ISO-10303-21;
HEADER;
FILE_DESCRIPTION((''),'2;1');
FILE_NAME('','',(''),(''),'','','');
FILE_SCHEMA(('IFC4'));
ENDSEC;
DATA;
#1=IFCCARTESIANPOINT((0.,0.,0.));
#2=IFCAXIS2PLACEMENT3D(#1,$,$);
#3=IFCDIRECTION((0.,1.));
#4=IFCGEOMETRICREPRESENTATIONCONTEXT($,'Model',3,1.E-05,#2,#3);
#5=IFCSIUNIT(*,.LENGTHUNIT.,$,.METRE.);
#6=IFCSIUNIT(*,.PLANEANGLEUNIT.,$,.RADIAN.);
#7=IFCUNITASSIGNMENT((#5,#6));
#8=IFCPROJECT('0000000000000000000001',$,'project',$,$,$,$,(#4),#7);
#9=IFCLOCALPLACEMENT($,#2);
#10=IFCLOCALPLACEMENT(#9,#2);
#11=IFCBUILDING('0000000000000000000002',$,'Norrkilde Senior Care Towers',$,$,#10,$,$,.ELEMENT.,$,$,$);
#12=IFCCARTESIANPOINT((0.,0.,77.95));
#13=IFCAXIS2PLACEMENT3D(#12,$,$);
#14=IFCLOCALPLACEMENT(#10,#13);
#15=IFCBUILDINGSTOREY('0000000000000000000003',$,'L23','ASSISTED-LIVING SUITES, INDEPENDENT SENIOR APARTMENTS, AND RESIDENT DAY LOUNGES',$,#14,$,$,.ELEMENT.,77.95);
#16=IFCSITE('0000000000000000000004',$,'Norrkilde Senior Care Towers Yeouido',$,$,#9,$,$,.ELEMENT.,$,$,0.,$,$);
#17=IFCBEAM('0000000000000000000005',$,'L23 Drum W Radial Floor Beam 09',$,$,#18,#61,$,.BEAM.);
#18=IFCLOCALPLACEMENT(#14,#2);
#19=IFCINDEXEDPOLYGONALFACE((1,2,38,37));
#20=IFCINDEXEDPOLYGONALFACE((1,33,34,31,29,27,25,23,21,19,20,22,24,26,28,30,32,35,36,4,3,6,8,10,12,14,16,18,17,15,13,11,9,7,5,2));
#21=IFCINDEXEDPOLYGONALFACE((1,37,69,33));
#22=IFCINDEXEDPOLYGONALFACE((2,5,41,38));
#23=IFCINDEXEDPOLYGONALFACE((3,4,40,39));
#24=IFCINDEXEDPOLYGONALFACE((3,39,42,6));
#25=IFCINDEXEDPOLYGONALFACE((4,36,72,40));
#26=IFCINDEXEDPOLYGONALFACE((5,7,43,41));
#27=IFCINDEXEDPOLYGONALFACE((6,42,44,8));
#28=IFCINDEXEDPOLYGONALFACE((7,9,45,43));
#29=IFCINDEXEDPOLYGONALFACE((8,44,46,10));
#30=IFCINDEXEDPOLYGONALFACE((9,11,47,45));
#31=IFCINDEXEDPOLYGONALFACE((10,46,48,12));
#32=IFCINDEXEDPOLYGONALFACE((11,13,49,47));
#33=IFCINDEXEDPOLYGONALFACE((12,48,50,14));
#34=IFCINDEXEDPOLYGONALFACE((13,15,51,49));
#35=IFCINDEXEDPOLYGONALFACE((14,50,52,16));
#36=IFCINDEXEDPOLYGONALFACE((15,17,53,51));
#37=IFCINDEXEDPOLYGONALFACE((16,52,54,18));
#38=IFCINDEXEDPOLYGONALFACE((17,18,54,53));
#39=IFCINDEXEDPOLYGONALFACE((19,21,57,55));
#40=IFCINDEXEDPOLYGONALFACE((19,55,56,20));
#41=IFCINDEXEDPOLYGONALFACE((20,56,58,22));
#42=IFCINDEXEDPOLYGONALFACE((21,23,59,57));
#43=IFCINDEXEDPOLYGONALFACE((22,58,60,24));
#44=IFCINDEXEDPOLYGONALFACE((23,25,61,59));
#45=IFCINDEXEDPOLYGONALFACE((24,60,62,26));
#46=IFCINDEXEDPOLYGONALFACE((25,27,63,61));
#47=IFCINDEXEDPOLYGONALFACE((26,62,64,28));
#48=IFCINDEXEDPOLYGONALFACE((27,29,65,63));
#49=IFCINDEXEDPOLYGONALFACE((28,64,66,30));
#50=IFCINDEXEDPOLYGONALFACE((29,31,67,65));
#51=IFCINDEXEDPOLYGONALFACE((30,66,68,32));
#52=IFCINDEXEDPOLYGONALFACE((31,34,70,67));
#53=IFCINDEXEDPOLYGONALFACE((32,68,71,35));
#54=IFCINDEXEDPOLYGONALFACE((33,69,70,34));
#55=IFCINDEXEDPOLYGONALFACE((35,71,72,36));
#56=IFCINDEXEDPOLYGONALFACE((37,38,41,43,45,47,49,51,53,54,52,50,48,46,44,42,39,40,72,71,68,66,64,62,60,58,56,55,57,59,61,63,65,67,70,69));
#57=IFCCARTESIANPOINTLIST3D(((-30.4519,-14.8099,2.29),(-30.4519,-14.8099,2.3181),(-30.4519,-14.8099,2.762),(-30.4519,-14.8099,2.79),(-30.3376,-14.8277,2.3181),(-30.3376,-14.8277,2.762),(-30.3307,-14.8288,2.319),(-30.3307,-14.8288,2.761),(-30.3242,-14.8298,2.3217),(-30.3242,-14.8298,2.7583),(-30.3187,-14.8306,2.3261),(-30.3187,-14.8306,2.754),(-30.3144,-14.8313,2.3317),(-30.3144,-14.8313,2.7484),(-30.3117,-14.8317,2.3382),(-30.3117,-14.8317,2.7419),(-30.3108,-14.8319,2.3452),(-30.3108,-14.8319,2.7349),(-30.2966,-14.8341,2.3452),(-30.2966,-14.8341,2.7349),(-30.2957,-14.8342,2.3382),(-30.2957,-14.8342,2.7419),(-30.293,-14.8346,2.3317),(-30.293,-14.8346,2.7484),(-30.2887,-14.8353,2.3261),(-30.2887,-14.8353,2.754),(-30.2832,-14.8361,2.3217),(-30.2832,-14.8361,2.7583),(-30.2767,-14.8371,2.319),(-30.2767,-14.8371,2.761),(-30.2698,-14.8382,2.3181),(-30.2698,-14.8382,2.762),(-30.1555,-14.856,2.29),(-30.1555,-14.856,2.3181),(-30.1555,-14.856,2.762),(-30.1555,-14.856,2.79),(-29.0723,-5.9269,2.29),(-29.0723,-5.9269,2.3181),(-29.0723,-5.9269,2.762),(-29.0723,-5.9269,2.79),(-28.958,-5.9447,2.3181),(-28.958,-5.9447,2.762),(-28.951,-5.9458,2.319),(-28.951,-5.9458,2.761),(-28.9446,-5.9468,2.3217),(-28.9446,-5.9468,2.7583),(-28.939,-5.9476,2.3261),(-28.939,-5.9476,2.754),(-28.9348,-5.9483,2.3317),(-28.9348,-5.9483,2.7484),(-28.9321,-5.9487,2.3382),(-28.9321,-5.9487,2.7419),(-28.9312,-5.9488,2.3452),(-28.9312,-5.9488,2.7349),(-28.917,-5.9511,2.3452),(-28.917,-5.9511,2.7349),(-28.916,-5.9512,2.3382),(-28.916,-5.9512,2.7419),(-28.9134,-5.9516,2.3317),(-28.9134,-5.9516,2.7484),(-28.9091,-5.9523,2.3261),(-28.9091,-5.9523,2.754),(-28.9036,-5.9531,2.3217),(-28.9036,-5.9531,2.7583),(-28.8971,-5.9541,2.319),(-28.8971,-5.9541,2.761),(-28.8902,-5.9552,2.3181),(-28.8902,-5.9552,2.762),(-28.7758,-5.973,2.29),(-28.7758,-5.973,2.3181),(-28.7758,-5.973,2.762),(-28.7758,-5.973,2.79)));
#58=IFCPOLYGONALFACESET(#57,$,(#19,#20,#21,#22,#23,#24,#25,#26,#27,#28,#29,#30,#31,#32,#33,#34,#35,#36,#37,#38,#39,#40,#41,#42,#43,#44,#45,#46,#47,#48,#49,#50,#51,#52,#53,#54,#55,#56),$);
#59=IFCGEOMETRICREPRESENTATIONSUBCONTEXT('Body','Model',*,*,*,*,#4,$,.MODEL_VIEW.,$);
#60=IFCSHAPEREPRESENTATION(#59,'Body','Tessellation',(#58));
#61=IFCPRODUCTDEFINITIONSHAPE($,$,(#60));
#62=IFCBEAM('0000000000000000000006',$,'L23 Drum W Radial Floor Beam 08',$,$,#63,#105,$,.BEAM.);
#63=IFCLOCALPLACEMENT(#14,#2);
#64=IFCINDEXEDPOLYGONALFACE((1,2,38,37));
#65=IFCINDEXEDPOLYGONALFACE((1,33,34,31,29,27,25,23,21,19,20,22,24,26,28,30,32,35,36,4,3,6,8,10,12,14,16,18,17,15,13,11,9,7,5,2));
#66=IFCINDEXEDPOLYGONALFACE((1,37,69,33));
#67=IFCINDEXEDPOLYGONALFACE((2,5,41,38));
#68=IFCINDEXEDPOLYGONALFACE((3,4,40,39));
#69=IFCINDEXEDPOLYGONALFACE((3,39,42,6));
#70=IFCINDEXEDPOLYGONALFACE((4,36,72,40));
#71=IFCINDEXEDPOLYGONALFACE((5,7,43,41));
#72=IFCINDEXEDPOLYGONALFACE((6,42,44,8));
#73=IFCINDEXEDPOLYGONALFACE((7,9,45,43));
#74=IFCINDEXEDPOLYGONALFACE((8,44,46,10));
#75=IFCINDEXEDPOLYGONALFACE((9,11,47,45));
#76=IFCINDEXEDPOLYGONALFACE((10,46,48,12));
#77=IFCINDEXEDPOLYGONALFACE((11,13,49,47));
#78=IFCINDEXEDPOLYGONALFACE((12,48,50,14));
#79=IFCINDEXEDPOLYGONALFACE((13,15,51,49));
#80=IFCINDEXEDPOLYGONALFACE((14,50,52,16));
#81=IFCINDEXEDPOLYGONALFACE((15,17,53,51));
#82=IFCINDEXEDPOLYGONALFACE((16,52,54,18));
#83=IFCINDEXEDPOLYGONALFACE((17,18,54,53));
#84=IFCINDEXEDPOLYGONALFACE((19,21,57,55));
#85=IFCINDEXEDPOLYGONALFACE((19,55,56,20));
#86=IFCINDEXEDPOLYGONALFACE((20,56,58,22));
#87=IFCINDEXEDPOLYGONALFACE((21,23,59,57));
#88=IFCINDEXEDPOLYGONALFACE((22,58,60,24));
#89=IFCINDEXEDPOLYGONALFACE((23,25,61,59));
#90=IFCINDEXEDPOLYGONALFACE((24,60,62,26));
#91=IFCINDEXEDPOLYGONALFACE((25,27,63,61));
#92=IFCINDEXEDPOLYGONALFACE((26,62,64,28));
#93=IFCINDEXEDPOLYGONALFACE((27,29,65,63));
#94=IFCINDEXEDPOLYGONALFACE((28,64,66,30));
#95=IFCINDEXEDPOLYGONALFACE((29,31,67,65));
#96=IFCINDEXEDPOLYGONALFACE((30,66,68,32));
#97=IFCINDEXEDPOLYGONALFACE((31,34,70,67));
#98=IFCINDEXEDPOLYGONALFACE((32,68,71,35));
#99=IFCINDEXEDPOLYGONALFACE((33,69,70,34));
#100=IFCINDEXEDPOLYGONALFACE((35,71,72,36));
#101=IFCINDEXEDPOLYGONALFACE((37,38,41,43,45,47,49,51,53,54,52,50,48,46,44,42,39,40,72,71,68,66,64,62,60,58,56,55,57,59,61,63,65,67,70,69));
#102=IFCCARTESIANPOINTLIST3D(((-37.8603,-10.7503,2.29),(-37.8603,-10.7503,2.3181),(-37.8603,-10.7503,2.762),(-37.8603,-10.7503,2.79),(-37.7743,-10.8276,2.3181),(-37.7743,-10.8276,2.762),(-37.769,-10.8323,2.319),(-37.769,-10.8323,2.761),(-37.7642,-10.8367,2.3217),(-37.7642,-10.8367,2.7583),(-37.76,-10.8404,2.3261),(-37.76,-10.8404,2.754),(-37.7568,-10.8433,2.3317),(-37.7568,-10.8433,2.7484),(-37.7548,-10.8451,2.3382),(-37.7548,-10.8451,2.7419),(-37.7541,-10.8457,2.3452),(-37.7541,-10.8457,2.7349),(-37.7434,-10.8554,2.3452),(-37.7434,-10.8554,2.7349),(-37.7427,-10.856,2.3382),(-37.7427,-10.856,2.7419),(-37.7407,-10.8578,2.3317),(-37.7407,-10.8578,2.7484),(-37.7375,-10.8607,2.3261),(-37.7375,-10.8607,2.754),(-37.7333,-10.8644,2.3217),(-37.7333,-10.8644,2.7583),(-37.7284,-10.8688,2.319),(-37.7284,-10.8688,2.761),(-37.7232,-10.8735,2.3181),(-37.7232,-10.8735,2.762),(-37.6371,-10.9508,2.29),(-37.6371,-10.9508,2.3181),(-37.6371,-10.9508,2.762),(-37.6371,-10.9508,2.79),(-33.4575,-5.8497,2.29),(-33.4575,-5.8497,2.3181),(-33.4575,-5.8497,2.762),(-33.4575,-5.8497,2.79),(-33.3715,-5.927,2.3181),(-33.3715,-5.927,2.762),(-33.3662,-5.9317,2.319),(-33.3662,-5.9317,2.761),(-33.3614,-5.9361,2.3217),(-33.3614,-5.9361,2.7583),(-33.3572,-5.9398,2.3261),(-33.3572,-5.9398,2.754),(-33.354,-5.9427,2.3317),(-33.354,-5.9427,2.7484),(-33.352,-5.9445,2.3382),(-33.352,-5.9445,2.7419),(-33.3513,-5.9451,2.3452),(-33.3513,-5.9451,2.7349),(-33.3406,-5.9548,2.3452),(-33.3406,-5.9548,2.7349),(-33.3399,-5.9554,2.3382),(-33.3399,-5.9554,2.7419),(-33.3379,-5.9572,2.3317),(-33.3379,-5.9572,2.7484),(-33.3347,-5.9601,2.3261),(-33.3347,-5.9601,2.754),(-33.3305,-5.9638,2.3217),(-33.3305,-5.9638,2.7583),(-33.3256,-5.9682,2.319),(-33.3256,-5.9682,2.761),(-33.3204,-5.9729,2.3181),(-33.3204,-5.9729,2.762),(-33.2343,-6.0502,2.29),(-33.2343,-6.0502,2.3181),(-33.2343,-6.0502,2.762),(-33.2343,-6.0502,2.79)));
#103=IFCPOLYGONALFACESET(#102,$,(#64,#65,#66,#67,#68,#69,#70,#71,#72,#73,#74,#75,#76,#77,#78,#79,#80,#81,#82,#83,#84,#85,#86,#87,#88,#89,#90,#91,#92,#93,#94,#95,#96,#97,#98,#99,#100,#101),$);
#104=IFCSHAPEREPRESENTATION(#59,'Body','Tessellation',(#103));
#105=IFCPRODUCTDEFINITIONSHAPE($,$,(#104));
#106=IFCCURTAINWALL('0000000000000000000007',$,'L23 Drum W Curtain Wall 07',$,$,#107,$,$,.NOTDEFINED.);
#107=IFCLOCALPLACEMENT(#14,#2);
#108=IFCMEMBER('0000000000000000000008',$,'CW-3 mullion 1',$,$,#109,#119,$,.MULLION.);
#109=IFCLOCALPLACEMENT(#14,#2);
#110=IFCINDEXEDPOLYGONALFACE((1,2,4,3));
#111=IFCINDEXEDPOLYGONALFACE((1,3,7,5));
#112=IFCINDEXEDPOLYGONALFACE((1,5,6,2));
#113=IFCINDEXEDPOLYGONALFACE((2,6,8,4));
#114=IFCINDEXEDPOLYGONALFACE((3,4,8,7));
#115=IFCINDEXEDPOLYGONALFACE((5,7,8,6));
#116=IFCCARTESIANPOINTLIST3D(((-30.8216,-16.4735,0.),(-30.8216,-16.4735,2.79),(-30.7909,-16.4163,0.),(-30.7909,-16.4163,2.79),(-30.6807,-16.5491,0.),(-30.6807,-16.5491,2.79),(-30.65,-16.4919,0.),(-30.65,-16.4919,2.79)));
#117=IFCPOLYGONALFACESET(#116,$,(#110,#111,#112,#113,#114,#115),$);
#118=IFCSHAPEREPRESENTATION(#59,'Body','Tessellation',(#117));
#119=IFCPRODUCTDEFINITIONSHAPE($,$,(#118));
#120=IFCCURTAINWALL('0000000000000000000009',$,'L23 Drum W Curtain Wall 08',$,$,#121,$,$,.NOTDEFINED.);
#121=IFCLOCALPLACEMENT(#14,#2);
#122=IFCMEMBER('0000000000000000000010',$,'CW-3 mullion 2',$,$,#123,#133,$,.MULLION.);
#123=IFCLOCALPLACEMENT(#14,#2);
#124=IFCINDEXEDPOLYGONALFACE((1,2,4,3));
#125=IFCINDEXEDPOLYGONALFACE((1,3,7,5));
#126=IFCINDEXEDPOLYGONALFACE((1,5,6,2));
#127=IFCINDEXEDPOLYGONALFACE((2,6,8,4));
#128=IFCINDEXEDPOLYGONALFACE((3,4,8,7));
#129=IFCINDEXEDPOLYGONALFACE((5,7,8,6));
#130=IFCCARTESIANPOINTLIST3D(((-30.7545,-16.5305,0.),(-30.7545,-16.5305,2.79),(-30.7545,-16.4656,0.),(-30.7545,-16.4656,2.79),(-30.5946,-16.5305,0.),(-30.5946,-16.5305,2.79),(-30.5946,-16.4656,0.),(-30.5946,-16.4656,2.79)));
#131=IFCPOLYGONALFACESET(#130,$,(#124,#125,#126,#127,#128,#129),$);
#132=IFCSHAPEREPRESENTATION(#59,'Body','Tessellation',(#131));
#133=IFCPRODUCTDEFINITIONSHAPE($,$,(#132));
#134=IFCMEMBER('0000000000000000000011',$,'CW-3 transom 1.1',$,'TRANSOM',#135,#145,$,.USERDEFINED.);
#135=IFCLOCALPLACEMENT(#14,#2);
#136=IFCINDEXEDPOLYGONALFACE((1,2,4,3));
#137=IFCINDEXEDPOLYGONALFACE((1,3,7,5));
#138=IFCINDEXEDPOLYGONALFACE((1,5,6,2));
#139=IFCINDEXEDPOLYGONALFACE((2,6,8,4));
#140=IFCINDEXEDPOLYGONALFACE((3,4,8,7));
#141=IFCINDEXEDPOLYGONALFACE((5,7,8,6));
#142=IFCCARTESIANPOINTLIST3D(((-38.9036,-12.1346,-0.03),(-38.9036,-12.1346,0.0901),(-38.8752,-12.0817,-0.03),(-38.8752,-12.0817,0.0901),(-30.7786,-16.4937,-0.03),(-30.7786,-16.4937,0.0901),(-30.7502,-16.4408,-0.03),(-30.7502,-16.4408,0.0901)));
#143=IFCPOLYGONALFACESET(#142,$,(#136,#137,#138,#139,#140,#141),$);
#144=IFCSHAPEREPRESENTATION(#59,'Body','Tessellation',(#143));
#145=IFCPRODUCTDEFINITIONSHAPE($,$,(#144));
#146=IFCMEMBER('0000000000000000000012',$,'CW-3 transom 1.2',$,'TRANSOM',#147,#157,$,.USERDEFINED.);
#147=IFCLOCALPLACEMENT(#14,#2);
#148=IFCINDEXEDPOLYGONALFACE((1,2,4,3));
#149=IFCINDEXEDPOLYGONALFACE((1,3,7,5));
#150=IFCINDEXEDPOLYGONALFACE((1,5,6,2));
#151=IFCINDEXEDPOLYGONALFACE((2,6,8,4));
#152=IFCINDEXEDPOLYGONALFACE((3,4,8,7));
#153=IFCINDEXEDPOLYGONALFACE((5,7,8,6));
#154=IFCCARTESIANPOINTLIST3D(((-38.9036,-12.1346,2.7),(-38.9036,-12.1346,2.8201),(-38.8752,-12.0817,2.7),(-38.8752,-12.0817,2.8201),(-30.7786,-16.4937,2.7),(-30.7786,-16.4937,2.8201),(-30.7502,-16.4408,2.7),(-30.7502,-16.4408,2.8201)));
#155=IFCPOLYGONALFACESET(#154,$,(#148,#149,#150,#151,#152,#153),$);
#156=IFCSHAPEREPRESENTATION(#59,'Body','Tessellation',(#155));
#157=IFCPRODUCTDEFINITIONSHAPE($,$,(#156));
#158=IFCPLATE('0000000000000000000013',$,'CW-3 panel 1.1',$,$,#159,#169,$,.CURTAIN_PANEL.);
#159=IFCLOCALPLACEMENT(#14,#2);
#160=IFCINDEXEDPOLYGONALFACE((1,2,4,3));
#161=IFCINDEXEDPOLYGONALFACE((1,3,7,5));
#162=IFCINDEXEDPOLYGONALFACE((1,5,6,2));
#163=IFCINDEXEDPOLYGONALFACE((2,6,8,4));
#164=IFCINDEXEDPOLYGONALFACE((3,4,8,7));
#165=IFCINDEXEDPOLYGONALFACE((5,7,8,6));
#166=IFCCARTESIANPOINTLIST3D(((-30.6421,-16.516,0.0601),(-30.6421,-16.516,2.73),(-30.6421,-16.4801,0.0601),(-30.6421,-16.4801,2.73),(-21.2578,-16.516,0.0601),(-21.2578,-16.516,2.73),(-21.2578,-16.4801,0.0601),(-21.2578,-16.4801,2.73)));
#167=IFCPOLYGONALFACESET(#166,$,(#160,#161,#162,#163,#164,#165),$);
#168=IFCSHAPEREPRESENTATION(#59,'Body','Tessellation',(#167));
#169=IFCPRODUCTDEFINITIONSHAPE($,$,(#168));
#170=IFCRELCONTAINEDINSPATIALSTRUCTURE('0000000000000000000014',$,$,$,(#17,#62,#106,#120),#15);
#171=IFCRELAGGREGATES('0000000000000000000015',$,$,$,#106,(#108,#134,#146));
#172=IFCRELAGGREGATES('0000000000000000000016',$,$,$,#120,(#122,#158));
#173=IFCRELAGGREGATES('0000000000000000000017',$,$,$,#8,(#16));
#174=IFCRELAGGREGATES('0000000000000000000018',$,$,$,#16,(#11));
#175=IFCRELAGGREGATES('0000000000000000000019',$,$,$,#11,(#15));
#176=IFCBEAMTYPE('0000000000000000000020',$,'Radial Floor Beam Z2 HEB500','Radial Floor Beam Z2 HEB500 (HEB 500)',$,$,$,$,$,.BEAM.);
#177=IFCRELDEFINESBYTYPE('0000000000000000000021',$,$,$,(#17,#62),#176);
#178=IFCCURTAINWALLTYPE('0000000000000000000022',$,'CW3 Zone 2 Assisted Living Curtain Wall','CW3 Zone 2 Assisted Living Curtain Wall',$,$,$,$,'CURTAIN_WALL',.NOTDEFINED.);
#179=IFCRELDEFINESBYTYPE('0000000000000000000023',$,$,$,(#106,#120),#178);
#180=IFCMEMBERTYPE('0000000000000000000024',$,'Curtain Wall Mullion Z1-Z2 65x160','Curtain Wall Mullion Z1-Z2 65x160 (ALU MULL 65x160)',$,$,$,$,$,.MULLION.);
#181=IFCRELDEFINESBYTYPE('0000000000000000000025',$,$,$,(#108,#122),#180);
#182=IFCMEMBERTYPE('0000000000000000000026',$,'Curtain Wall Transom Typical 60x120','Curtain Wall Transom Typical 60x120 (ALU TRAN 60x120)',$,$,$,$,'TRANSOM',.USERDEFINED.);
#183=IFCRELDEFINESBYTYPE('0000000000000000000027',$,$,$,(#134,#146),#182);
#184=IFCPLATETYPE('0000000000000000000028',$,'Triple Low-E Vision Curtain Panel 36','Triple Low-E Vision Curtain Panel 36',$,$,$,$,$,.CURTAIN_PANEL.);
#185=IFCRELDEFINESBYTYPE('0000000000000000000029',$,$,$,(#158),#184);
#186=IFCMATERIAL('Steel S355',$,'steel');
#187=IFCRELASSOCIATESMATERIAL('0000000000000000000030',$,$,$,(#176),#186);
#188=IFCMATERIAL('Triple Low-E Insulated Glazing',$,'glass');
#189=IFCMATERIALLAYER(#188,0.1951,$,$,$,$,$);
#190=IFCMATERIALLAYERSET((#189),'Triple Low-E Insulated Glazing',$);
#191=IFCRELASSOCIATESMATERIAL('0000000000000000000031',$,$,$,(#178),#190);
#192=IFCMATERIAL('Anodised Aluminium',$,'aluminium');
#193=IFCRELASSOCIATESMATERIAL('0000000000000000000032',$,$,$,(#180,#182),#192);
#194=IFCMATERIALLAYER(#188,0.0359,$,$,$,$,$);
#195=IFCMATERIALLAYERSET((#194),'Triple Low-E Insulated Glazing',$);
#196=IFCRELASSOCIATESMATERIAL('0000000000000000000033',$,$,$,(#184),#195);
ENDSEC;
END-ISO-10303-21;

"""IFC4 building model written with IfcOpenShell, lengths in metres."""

from ifc_helpers import new_model, si_unit, direction, frame, origin, origin_2d, place, context, subcontext, project, spatial, rectangle, i_section, extrude, source, transform, mapped, material, layer, layer_set, material_profile, profile_set, type_object, type_shapes, element, aggregate, save


model = new_model("IFC4")

# Units and contexts
model_context = context("Model", 3, precision=1e-05, world=origin(), true_north=direction((0.0, 1.0)))
body_context = subcontext(model_context, "Body", "Model", "MODEL_VIEW")
ifc_project = project(units=[si_unit("LENGTHUNIT", "METRE"), si_unit("PLANEANGLEUNIT", "RADIAN")], contexts=[model_context])

# Site, building, storey
site_placement = place(None, origin())
site = spatial("IfcSite", under=ifc_project, at=site_placement, Name="Norrkilde Senior Care Towers Yeouido", CompositionType="ELEMENT", RefElevation=0.0)
building_placement = place(site_placement, origin())
building = spatial("IfcBuilding", under=site, at=building_placement, Name="Norrkilde Senior Care Towers", CompositionType="ELEMENT")
storey_placement = place(building_placement, frame((0.0, 0.0, 77.95)))
storey = spatial("IfcBuildingStorey", under=building, at=storey_placement, Name="L23", Description="ASSISTED-LIVING SUITES, INDEPENDENT SENIOR APARTMENTS, AND RESIDENT DAY LOUNGES", CompositionType="ELEMENT", Elevation=77.95)

# Beams
ifc_material_1 = material(Name="Steel S355", Category="steel")
ifc_material_profile_1 = material_profile(ifc_material_1, i_section(OverallWidth=0.3, OverallDepth=0.5, WebThickness=0.0144, FlangeThickness=0.0281, FilletRadius=0.0271, at=origin_2d()), Name="HEB 500")
ifc_profile_set_1 = profile_set([ifc_material_profile_1], Name="Steel S355")
beam_type_1 = type_object("IfcBeamType", Name="Radial Floor Beam Z2 HEB500", Description="Radial Floor Beam Z2 HEB500 (HEB 500)", PredefinedType="BEAM", material=ifc_profile_set_1)
shared_shape_1 = source(origin(), body_context, "Body", "SweptSolid", [
    extrude(i_section(OverallWidth=0.3, OverallDepth=0.5, WebThickness=0.0144, FlangeThickness=0.0281, FilletRadius=0.0271, at=origin_2d()), origin(), (0.0, 0.0, 1.0), 8.9895),
])
beam_1_placement = place(storey_placement, frame((-28.9241, -5.95, 2.54), z_axis=(-0.153471, -0.988153, 0.0), x_axis=(0.988153, -0.153471, 0.0)))
element("IfcBeam", 1, at=beam_1_placement, inside=storey, type_object=beam_type_1, Name="L23 Drum W Radial Floor Beam 09", PredefinedType="BEAM", context=body_context, shape_type="MappedRepresentation", body=[
    mapped(shared_shape_1, transform((0.0, 0.0, 0.0), x_axis=(1.0, 0.0, 0.0), y_axis=(0.0, 1.0, 0.0), z_axis=(0.0, 0.0, 1.0), scale=1.0)),
])
shared_shape_2 = source(origin(), body_context, "Body", "SweptSolid", [
    extrude(i_section(OverallWidth=0.3, OverallDepth=0.5, WebThickness=0.0144, FlangeThickness=0.0281, FilletRadius=0.0271, at=origin_2d()), origin(), (0.0, 0.0, 1.0), 6.5879),
])
beam_2_placement = place(storey_placement, frame((-33.3459, -5.95, 2.54), z_axis=(-0.668315, -0.743878, 0.0), x_axis=(0.743878, -0.668315, 0.0)))
element("IfcBeam", 2, at=beam_2_placement, inside=storey, type_object=beam_type_1, Name="L23 Drum W Radial Floor Beam 08", PredefinedType="BEAM", context=body_context, shape_type="MappedRepresentation", body=[
    mapped(shared_shape_2, transform((0.0, 0.0, 0.0), x_axis=(1.0, 0.0, 0.0), y_axis=(0.0, 1.0, 0.0), z_axis=(0.0, 0.0, 1.0), scale=1.0)),
])

# Curtain walls, members
ifc_material_2 = material(Name="Triple Low-E Insulated Glazing", Category="glass")
ifc_layer_1 = layer(ifc_material_2, 0.1951)
ifc_layer_set_1 = layer_set([ifc_layer_1], Name="Triple Low-E Insulated Glazing")
curtain_wall_type = type_object("IfcCurtainWallType", Name="CW3 Zone 2 Assisted Living Curtain Wall", Description="CW3 Zone 2 Assisted Living Curtain Wall", ElementType="CURTAIN_WALL", PredefinedType="NOTDEFINED", material=ifc_layer_set_1)
curtain_wall_1_placement = place(storey_placement, origin())
curtain_wall_1 = element("IfcCurtainWall", 3, at=curtain_wall_1_placement, inside=storey, type_object=curtain_wall_type, Name="L23 Drum W Curtain Wall 07", PredefinedType="NOTDEFINED")
ifc_material_3 = material(Name="Anodised Aluminium", Category="aluminium")
ifc_material_profile_2 = material_profile(ifc_material_3, rectangle(XDim=0.0649, YDim=0.1599, at=origin_2d()), Name="ALU MULL 65x160")
ifc_profile_set_2 = profile_set([ifc_material_profile_2], Name="Anodised Aluminium")
member_type_1 = type_object("IfcMemberType", Name="Curtain Wall Mullion Z1-Z2 65x160", Description="Curtain Wall Mullion Z1-Z2 65x160 (ALU MULL 65x160)", PredefinedType="MULLION", material=ifc_profile_set_2)
shared_shape_3 = source(origin(), body_context, "Body", "SweptSolid", [
    extrude(rectangle(XDim=0.0649, YDim=0.1599, at=origin_2d()), origin(), (0.0, 0.0, 1.0), 2.79),
])
type_shapes(member_type_1, [shared_shape_3])
member_1_placement = place(storey_placement, frame((-30.7358, -16.4827, 0.0), z_axis=(0.0, 0.0, 1.0), x_axis=(-0.472769, -0.881186, 0.0)))
member_1 = element("IfcMember", 4, at=member_1_placement, type_object=member_type_1, Name="CW-3 mullion 1", PredefinedType="MULLION", context=body_context, shape_type="MappedRepresentation", body=[
    mapped(shared_shape_3, transform((0.0, 0.0, 0.0), x_axis=(1.0, 0.0, 0.0), y_axis=(0.0, 1.0, 0.0), z_axis=(0.0, 0.0, 1.0), scale=1.0)),
])
curtain_wall_2_placement = place(storey_placement, origin())
curtain_wall_2 = element("IfcCurtainWall", 5, at=curtain_wall_2_placement, inside=storey, type_object=curtain_wall_type, Name="L23 Drum W Curtain Wall 08", PredefinedType="NOTDEFINED")
member_2_placement = place(storey_placement, frame((-30.6746, -16.498, 0.0), z_axis=(0.0, 0.0, 1.0), x_axis=(0.0, -1.0, 0.0)))
member_2 = element("IfcMember", 6, at=member_2_placement, type_object=member_type_1, Name="CW-3 mullion 2", PredefinedType="MULLION", context=body_context, shape_type="MappedRepresentation", body=[
    mapped(shared_shape_3, transform((0.0, 0.0, 0.0), x_axis=(1.0, 0.0, 0.0), y_axis=(0.0, 1.0, 0.0), z_axis=(0.0, 0.0, 1.0), scale=1.0)),
])

# Members
ifc_material_profile_3 = material_profile(ifc_material_3, rectangle(XDim=0.0601, YDim=0.1201, at=origin_2d()), Name="ALU TRAN 60x120")
ifc_profile_set_3 = profile_set([ifc_material_profile_3], Name="Anodised Aluminium")
member_type_2 = type_object("IfcMemberType", Name="Curtain Wall Transom Typical 60x120", Description="Curtain Wall Transom Typical 60x120 (ALU TRAN 60x120)", ElementType="TRANSOM", PredefinedType="USERDEFINED", material=ifc_profile_set_3)
shared_shape_4 = source(origin(), body_context, "Body", "SweptSolid", [
    extrude(rectangle(XDim=0.0601, YDim=0.1201, at=origin_2d()), origin(), (0.0, 0.0, 1.0), 9.2205),
])
type_shapes(member_type_2, [shared_shape_4])
member_3_placement = place(storey_placement, frame((-30.7644, -16.4673, 0.03), z_axis=(-0.881189, 0.472765, 0.0), x_axis=(-0.472765, -0.881189, 0.0)))
member_3 = element("IfcMember", 7, at=member_3_placement, type_object=member_type_2, Name="CW-3 transom 1.1", ObjectType="TRANSOM", PredefinedType="USERDEFINED", context=body_context, shape_type="MappedRepresentation", body=[
    mapped(shared_shape_4, transform((0.0, 0.0, 0.0), x_axis=(1.0, 0.0, 0.0), y_axis=(0.0, 1.0, 0.0), z_axis=(0.0, 0.0, 1.0), scale=1.0)),
])
member_4_placement = place(storey_placement, frame((-30.7644, -16.4673, 2.76), z_axis=(-0.881189, 0.472765, 0.0), x_axis=(-0.472765, -0.881189, 0.0)))
member_4 = element("IfcMember", 8, at=member_4_placement, type_object=member_type_2, Name="CW-3 transom 1.2", ObjectType="TRANSOM", PredefinedType="USERDEFINED", context=body_context, shape_type="MappedRepresentation", body=[
    mapped(shared_shape_4, transform((0.0, 0.0, 0.0), x_axis=(1.0, 0.0, 0.0), y_axis=(0.0, 1.0, 0.0), z_axis=(0.0, 0.0, 1.0), scale=1.0)),
])
aggregate(curtain_wall_1, [member_1, member_3, member_4])

# Plate
ifc_layer_2 = layer(ifc_material_2, 0.0359)
ifc_layer_set_2 = layer_set([ifc_layer_2], Name="Triple Low-E Insulated Glazing")
plate_type = type_object("IfcPlateType", Name="Triple Low-E Vision Curtain Panel 36", Description="Triple Low-E Vision Curtain Panel 36", PredefinedType="CURTAIN_PANEL", material=ifc_layer_set_2)
shared_shape_5 = source(origin(), body_context, "Body", "SweptSolid", [
    extrude(rectangle(XDim=9.3843, YDim=0.0359, at=origin_2d()), origin(), (0.0, 0.0, 1.0), 2.6699),
])
type_shapes(plate_type, [shared_shape_5])
plate_placement = place(storey_placement, frame((-25.95, -16.498, 0.0601), z_axis=(0.0, 0.0, 1.0), x_axis=(-1.0, 0.0, 0.0)))
plate = element("IfcPlate", 9, at=plate_placement, type_object=plate_type, Name="CW-3 panel 1.1", PredefinedType="CURTAIN_PANEL", context=body_context, shape_type="MappedRepresentation", body=[
    mapped(shared_shape_5, transform((0.0, 0.0, 0.0), x_axis=(1.0, 0.0, 0.0), y_axis=(0.0, 1.0, 0.0), z_axis=(0.0, 0.0, 1.0), scale=1.0)),
])
aggregate(curtain_wall_2, [member_2, plate])

save(model, "model.ifc")
